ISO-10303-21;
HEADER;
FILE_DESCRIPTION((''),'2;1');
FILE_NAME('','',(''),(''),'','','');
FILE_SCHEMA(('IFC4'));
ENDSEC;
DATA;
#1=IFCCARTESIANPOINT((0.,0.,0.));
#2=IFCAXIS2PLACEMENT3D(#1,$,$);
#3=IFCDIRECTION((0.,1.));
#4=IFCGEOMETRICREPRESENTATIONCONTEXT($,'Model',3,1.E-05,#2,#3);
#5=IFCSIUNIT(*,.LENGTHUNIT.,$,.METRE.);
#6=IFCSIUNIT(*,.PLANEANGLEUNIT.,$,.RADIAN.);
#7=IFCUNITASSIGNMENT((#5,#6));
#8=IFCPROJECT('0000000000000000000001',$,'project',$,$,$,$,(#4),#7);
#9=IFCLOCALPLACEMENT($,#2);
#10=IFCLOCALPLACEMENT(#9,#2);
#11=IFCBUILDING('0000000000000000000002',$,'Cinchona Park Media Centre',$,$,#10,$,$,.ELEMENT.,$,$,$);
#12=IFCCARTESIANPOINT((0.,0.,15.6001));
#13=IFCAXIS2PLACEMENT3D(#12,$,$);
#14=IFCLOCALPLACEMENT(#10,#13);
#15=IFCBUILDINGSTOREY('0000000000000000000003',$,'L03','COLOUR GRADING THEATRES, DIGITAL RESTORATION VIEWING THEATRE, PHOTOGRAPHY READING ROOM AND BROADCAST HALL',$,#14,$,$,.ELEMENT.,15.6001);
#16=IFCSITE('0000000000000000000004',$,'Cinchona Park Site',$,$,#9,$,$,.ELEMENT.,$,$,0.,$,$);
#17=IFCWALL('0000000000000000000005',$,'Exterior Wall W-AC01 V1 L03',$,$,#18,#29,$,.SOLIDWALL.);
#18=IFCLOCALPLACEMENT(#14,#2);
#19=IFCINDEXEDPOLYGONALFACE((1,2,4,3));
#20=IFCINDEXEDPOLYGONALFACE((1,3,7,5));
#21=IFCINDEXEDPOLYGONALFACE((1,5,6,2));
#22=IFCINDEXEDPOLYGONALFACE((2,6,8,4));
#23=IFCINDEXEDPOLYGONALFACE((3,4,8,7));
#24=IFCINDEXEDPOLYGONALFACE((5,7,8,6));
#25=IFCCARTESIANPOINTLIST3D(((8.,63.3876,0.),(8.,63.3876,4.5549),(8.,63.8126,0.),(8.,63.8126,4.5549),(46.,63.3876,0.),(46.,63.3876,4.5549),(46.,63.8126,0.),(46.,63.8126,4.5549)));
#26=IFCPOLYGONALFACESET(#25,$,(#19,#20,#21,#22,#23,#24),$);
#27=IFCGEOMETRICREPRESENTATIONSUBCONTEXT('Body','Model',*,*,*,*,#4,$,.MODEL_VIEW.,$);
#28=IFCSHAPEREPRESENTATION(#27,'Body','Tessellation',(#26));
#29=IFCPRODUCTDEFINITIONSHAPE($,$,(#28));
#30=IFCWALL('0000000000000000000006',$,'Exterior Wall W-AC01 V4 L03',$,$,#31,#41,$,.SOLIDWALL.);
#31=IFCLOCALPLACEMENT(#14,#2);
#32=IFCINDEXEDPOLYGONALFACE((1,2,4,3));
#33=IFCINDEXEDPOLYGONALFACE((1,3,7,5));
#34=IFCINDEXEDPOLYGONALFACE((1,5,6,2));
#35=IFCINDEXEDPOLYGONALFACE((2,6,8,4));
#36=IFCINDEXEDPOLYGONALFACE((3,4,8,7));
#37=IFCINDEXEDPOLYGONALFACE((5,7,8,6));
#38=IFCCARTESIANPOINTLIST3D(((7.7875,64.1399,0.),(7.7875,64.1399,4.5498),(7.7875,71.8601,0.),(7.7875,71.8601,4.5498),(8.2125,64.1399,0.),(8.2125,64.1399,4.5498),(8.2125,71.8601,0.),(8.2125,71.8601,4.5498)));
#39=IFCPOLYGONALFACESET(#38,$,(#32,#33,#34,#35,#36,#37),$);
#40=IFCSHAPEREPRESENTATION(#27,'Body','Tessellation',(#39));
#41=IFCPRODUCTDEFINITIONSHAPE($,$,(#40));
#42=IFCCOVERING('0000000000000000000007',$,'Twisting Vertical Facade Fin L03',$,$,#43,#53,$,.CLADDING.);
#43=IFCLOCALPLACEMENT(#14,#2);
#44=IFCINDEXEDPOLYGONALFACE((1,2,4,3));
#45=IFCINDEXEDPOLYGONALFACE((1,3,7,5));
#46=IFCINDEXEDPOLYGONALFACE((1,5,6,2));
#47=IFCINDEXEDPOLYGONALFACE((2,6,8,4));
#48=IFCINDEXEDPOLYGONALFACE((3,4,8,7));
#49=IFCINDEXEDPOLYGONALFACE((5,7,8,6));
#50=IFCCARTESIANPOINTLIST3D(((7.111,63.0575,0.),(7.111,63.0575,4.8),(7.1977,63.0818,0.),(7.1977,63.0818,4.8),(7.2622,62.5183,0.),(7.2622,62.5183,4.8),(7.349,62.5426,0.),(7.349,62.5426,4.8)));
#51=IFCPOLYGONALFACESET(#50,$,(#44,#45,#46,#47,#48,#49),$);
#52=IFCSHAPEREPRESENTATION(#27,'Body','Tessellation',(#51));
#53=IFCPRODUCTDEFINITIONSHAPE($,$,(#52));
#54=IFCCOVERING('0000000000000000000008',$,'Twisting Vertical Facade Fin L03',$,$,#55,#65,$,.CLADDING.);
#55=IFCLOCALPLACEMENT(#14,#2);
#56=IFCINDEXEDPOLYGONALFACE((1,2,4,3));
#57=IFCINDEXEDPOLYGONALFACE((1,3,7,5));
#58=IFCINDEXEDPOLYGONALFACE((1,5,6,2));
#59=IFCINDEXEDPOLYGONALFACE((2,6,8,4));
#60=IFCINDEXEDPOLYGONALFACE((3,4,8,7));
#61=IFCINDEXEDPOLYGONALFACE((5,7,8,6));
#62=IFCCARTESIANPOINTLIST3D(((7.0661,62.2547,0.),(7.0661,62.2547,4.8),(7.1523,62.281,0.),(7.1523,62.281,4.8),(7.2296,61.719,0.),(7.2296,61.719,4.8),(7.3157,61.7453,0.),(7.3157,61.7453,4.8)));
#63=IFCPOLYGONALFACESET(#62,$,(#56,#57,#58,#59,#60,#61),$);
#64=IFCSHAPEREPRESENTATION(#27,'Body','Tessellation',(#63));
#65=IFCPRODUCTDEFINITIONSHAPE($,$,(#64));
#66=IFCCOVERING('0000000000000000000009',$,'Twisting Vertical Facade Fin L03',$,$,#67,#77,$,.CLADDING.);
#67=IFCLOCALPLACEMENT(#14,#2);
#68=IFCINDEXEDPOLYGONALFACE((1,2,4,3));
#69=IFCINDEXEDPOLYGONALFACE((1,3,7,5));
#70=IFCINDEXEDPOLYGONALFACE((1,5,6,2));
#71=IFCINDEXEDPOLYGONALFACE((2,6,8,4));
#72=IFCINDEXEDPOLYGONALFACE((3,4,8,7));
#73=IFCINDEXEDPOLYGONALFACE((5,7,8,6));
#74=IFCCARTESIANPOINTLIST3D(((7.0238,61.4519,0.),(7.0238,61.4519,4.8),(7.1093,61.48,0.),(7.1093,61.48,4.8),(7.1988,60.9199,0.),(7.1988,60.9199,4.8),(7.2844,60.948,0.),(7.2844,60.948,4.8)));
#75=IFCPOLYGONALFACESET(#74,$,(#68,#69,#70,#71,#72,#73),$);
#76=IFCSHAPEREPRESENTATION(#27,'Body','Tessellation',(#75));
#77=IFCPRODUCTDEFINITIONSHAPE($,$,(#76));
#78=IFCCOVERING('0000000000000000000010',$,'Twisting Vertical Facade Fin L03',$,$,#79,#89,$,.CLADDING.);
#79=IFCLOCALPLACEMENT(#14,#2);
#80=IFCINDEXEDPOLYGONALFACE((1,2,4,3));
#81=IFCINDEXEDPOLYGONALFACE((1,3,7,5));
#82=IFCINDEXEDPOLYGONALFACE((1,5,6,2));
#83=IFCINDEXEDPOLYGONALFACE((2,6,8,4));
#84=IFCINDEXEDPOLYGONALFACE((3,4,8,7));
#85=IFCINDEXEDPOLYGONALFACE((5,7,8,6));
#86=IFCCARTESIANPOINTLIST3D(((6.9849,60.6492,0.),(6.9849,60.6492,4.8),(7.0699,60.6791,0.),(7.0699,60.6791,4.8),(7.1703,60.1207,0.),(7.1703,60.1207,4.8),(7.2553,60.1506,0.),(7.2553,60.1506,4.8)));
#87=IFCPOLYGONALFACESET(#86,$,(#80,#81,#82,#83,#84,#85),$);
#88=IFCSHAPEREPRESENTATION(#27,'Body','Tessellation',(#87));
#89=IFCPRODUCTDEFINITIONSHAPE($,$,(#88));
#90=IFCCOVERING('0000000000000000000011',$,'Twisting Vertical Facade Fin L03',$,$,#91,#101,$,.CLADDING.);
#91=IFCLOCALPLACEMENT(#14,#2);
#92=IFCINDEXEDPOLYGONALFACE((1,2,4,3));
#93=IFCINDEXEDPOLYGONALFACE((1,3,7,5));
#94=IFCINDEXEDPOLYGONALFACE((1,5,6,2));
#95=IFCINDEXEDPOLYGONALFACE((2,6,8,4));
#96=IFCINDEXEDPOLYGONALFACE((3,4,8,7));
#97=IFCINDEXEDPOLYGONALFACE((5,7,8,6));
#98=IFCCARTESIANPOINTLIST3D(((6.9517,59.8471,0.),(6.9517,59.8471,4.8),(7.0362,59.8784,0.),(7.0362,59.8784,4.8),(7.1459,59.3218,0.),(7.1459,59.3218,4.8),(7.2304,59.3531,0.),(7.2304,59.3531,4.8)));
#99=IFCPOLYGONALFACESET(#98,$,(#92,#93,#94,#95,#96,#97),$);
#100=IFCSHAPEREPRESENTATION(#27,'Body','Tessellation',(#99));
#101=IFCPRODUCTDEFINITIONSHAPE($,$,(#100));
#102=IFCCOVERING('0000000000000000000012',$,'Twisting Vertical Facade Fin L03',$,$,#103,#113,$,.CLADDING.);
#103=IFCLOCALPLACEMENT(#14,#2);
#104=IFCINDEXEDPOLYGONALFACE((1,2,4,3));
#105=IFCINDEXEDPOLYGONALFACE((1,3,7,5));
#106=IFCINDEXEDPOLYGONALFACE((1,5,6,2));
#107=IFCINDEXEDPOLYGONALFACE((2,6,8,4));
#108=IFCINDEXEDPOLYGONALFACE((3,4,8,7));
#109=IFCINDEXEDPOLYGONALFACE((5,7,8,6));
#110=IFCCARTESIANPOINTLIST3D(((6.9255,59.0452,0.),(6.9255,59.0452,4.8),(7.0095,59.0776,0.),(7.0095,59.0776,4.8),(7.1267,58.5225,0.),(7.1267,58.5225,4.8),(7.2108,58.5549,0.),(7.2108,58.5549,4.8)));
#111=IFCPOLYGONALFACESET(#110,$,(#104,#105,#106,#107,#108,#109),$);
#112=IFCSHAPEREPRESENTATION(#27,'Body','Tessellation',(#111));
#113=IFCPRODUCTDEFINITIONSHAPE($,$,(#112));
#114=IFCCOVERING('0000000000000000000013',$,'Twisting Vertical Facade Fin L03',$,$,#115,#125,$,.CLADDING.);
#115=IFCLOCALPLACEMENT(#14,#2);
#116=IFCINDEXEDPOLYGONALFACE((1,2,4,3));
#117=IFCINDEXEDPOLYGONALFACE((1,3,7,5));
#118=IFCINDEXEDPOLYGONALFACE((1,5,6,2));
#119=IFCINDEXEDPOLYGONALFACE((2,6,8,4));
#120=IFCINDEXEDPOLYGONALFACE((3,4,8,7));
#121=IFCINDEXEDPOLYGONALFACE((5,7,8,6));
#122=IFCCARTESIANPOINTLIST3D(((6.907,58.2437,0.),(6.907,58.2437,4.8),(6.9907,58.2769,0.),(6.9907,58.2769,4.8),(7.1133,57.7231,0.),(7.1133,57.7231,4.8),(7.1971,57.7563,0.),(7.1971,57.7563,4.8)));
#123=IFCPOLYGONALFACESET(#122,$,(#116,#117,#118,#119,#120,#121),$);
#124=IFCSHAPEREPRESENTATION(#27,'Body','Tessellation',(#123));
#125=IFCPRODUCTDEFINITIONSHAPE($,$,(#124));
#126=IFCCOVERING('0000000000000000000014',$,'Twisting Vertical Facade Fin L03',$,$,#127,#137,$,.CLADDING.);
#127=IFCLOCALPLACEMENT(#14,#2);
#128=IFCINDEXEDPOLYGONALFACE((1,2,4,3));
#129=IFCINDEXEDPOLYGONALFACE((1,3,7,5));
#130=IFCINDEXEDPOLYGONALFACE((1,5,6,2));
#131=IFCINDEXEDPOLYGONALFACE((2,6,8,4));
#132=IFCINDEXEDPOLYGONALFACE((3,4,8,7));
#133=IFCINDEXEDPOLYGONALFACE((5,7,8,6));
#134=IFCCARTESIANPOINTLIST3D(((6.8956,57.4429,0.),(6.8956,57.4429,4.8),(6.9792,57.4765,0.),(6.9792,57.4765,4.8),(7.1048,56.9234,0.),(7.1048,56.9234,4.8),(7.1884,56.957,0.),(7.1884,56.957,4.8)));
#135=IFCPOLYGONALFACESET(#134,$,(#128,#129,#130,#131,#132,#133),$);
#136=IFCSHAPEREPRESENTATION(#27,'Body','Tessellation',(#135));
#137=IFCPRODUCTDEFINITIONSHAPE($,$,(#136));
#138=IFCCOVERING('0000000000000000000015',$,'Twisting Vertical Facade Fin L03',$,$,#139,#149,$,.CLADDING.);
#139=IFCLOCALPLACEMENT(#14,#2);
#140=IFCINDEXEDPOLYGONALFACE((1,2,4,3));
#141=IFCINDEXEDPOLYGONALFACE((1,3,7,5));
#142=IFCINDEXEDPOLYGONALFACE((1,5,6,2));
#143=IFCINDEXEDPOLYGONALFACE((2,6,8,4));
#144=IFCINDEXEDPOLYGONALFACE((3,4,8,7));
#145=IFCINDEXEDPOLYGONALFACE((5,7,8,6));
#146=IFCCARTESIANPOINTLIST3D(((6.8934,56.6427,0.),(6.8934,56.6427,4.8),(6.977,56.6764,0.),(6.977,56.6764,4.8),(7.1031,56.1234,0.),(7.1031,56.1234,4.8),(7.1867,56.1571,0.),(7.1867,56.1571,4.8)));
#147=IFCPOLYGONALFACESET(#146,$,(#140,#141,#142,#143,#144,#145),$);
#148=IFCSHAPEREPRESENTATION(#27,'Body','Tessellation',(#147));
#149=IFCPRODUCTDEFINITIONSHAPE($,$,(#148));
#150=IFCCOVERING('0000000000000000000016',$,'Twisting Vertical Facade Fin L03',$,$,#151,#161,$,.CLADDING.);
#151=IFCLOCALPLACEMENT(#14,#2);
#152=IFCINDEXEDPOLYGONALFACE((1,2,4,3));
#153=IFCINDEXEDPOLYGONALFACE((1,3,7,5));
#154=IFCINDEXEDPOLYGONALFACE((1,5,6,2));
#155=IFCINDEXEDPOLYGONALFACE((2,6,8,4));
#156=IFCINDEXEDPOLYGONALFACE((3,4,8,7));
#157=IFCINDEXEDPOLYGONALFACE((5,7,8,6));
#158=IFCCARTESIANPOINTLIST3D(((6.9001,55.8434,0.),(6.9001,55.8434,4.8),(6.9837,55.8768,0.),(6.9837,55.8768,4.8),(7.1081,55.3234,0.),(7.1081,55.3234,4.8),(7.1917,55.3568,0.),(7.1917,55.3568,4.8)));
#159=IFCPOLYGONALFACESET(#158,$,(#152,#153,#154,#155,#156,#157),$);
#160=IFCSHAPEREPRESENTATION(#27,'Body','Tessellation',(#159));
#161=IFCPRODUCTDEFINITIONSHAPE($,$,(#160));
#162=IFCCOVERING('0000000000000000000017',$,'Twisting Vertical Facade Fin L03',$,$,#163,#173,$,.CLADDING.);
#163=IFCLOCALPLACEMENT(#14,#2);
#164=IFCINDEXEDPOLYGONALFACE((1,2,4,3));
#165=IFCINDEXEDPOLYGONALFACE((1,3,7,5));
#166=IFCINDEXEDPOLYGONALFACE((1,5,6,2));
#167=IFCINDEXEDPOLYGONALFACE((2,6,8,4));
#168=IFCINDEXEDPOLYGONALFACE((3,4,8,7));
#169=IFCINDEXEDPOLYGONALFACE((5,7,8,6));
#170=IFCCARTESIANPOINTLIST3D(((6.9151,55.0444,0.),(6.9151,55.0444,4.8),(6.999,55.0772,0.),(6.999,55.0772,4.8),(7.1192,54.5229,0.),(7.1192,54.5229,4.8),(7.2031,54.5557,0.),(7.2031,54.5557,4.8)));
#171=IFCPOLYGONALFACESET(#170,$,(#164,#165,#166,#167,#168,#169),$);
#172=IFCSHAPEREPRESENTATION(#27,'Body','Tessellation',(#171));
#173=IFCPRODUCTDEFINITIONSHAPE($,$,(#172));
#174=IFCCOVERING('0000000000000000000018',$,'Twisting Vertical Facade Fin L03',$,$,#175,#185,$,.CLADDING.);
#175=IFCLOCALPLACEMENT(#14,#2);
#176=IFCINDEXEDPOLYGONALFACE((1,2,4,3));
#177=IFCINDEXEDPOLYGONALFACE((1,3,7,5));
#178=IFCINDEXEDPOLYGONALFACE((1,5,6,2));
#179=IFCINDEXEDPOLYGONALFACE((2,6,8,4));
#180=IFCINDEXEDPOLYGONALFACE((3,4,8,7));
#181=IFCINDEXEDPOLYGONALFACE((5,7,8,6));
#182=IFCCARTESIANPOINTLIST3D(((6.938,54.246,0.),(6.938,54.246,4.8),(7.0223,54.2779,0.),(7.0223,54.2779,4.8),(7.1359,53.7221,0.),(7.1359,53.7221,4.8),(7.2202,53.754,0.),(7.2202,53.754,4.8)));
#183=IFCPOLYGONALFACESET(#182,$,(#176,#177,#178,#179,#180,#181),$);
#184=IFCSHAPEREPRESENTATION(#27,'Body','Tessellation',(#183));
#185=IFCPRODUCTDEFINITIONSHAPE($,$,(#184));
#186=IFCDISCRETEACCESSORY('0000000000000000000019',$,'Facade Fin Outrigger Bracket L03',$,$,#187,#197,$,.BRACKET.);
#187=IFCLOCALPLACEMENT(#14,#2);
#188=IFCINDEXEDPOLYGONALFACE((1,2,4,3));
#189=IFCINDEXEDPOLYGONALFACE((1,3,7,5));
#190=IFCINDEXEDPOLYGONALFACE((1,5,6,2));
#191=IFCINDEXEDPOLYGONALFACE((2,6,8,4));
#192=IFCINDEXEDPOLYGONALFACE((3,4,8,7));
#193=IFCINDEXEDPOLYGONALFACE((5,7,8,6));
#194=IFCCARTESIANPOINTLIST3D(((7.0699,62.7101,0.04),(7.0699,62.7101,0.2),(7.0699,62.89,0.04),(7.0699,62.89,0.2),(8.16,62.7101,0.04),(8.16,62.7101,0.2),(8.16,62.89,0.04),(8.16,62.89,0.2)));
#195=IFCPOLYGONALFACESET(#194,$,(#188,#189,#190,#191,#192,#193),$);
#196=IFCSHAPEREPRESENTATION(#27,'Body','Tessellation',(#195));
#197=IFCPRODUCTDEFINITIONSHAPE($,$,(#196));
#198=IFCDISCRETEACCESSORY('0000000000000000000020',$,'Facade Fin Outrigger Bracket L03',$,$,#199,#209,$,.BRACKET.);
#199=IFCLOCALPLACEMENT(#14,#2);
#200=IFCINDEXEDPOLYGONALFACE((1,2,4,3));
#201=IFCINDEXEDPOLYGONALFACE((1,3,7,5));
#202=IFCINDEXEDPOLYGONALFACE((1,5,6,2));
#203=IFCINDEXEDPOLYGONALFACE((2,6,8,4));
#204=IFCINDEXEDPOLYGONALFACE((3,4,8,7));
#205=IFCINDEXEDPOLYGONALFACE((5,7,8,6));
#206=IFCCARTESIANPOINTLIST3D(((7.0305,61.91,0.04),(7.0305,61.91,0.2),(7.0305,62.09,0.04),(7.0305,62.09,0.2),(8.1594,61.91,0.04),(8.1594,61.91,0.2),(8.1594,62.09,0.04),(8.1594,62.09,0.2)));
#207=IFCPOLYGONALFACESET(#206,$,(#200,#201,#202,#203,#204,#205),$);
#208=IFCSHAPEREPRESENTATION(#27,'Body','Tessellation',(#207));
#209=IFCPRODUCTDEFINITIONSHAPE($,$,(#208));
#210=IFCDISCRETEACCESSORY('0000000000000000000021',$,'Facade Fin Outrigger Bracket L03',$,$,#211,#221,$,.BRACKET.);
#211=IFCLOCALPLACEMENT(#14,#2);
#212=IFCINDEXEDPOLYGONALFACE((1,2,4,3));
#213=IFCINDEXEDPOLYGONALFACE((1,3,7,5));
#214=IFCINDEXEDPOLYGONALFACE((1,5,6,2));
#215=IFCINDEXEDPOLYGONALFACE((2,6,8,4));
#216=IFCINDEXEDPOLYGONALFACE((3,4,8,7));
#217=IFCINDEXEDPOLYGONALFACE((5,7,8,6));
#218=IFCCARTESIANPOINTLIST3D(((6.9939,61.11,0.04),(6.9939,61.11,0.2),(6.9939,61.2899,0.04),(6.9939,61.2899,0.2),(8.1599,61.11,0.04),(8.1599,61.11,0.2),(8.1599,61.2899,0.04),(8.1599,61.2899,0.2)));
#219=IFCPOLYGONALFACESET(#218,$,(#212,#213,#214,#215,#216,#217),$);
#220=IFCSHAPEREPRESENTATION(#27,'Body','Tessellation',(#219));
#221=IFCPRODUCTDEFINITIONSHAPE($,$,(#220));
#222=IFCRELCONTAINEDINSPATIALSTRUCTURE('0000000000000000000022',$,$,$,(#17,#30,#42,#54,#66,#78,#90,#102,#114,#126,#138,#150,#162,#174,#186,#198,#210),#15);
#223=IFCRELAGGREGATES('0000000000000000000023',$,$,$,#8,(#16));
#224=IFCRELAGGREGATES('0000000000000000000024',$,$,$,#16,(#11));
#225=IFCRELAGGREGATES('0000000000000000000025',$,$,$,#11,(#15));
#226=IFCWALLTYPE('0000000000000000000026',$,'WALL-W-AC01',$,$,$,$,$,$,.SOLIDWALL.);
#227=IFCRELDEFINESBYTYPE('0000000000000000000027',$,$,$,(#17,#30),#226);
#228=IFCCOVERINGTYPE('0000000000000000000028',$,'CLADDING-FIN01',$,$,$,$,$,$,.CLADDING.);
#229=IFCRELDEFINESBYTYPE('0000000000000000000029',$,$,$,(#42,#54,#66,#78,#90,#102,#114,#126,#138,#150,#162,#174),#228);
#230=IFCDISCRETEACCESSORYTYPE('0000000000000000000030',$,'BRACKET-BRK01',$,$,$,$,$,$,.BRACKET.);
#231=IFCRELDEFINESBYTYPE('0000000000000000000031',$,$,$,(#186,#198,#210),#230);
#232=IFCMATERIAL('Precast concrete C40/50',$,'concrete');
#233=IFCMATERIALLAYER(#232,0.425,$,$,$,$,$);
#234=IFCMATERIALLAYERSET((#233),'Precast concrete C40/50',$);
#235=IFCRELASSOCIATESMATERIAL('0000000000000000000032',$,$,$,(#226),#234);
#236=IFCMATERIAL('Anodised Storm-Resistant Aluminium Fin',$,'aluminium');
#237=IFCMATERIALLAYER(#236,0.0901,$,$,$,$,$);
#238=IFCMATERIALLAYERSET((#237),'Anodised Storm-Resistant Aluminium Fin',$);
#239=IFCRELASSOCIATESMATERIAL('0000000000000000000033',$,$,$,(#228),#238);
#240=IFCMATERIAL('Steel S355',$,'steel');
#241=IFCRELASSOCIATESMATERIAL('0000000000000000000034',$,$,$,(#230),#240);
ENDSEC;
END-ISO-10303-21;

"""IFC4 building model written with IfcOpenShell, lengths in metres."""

from ifc_helpers import new_model, si_unit, direction, frame, frame_2d, origin, origin_2d, place, context, subcontext, project, spatial, rectangle, extrude, material, layer, layer_set, type_object, element, save


model = new_model("IFC4")

# Units and contexts
model_context = context("Model", 3, precision=1e-05, world=origin(), true_north=direction((0.0, 1.0)))
body_context = subcontext(model_context, "Body", "Model", "MODEL_VIEW")
ifc_project = project(units=[si_unit("LENGTHUNIT", "METRE"), si_unit("PLANEANGLEUNIT", "RADIAN")], contexts=[model_context])

# Site, building, storey
site_placement = place(None, origin())
site = spatial("IfcSite", under=ifc_project, at=site_placement, Name="Cinchona Park Site", CompositionType="ELEMENT", RefElevation=0.0)
building_placement = place(site_placement, origin())
building = spatial("IfcBuilding", under=site, at=building_placement, Name="Cinchona Park Media Centre", CompositionType="ELEMENT")
storey_placement = place(building_placement, frame((0.0, 0.0, 15.6001)))
storey = spatial("IfcBuildingStorey", under=building, at=storey_placement, Name="L03", Description="COLOUR GRADING THEATRES, DIGITAL RESTORATION VIEWING THEATRE, PHOTOGRAPHY READING ROOM AND BROADCAST HALL", CompositionType="ELEMENT", Elevation=15.6001)

# Walls
ifc_material_1 = material(Name="Precast concrete C40/50", Category="concrete")
ifc_layer_1 = layer(ifc_material_1, 0.425)
ifc_layer_set_1 = layer_set([ifc_layer_1], Name="Precast concrete C40/50")
wall_type = type_object("IfcWallType", Name="WALL-W-AC01", PredefinedType="SOLIDWALL", material=ifc_layer_set_1)
wall_1_placement = place(storey_placement, frame((8.0, 63.6001, 0.0), z_axis=(0.0, 0.0, 1.0), x_axis=(1.0, 0.0, 0.0)))
element("IfcWall", 1, at=wall_1_placement, inside=storey, type_object=wall_type, Name="Exterior Wall W-AC01 V1 L03", PredefinedType="SOLIDWALL", context=body_context, shape_type="SweptSolid", body=[
    extrude(rectangle(XDim=38.0, YDim=0.425, at=frame_2d((19.0, 0.0))), origin(), (0.0, 0.0, 1.0), 4.5549),
])
wall_2_placement = place(storey_placement, frame((8.0, 64.1399, 0.0), z_axis=(0.0, 0.0, 1.0), x_axis=(0.0, 1.0, 0.0)))
element("IfcWall", 2, at=wall_2_placement, inside=storey, type_object=wall_type, Name="Exterior Wall W-AC01 V4 L03", PredefinedType="SOLIDWALL", context=body_context, shape_type="SweptSolid", body=[
    extrude(rectangle(XDim=7.7202, YDim=0.425, at=frame_2d((3.8601, 0.0))), origin(), (0.0, 0.0, 1.0), 4.5498),
])

# Coverings
ifc_material_2 = material(Name="Anodised Storm-Resistant Aluminium Fin", Category="aluminium")
ifc_layer_2 = layer(ifc_material_2, 0.0901)
ifc_layer_set_2 = layer_set([ifc_layer_2], Name="Anodised Storm-Resistant Aluminium Fin")
covering_type = type_object("IfcCoveringType", Name="CLADDING-FIN01", PredefinedType="CLADDING", material=ifc_layer_set_2)
for number, where, z_axis, x_axis, name in (
    (3, (7.23, 62.8, 0.0), (0.0, 0.0, 1.0), (0.270096, -0.962833, 0.0), "Twisting Vertical Facade Fin L03"),
    (4, (7.1909, 62.0, 0.0), (0.0, 0.0, 1.0), (0.291871, -0.956458, 0.0), "Twisting Vertical Facade Fin L03"),
    (5, (7.1541, 61.2, 0.0), (0.0, 0.0, 1.0), (0.312501, -0.949918, 0.0), "Twisting Vertical Facade Fin L03"),
    (6, (7.1201, 60.3999, 0.0), (0.0, 0.0, 1.0), (0.331009, -0.943628, 0.0), "Twisting Vertical Facade Fin L03"),
    (7, (7.0911, 59.6001, 0.0), (0.0, 0.0, 1.0), (0.346772, -0.937949, 0.0), "Twisting Vertical Facade Fin L03"),
    (8, (7.0681, 58.8, 0.0), (0.0, 0.0, 1.0), (0.359345, -0.933205, 0.0), "Twisting Vertical Facade Fin L03"),
    (9, (7.052, 58.0, 0.0), (0.0, 0.0, 1.0), (0.368449, -0.929648, 0.0), "Twisting Vertical Facade Fin L03"),
    (10, (7.042, 57.2, 0.0), (0.0, 0.0, 1.0), (0.373474, -0.927641, 0.0), "Twisting Vertical Facade Fin L03"),
    (11, (7.04, 56.3999, 0.0), (0.0, 0.0, 1.0), (0.374445, -0.927249, 0.0), "Twisting Vertical Facade Fin L03"),
    (12, (7.0459, 55.6001, 0.0), (0.0, 0.0, 1.0), (0.371368, -0.928486, 0.0), "Twisting Vertical Facade Fin L03"),
    (13, (7.0591, 54.8, 0.0), (0.0, 0.0, 1.0), (0.364389, -0.931247, 0.0), "Twisting Vertical Facade Fin L03"),
    (14, (7.0791, 54.0, 0.0), (0.0, 0.0, 1.0), (0.353475, -0.935444, 0.0), "Twisting Vertical Facade Fin L03"),
):
    element("IfcCovering", number, at=place(storey_placement, frame(where, z_axis=z_axis, x_axis=x_axis)), inside=storey, type_object=covering_type, Name=name, PredefinedType="CLADDING", context=body_context, shape_type="SweptSolid", body=[
        extrude(rectangle(XDim=0.5601, YDim=0.0901, at=origin_2d()), origin(), (0.0, 0.0, 1.0), 4.8),
    ])

# Discrete accessories
ifc_material_3 = material(Name="Steel S355", Category="steel")
discrete_accessory_type = type_object("IfcDiscreteAccessoryType", Name="BRACKET-BRK01", PredefinedType="BRACKET", material=ifc_material_3)
discrete_accessory_1_placement = place(storey_placement, frame((7.615, 62.8, 0.04), z_axis=(0.0, 0.0, 1.0), x_axis=(0.0, -1.0, 0.0)))
element("IfcDiscreteAccessory", 15, at=discrete_accessory_1_placement, inside=storey, type_object=discrete_accessory_type, Name="Facade Fin Outrigger Bracket L03", PredefinedType="BRACKET", context=body_context, shape_type="SweptSolid", body=[
    extrude(rectangle(XDim=0.1799, YDim=1.0901, at=origin_2d()), origin(), (0.0, 0.0, 1.0), 0.1599),
])
discrete_accessory_2_placement = place(storey_placement, frame((7.595, 62.0, 0.04), z_axis=(0.0, 0.0, 1.0), x_axis=(0.0, -1.0, 0.0)))
element("IfcDiscreteAccessory", 16, at=discrete_accessory_2_placement, inside=storey, type_object=discrete_accessory_type, Name="Facade Fin Outrigger Bracket L03", PredefinedType="BRACKET", context=body_context, shape_type="SweptSolid", body=[
    extrude(rectangle(XDim=0.1799, YDim=1.1289, at=origin_2d()), origin(), (0.0, 0.0, 1.0), 0.1599),
])
discrete_accessory_3_placement = place(storey_placement, frame((7.5769, 61.2, 0.04), z_axis=(0.0, 0.0, 1.0), x_axis=(0.0, -1.0, 0.0)))
element("IfcDiscreteAccessory", 17, at=discrete_accessory_3_placement, inside=storey, type_object=discrete_accessory_type, Name="Facade Fin Outrigger Bracket L03", PredefinedType="BRACKET", context=body_context, shape_type="SweptSolid", body=[
    extrude(rectangle(XDim=0.1799, YDim=1.166, at=origin_2d()), origin(), (0.0, 0.0, 1.0), 0.1599),
])

save(model, "model.ifc")
